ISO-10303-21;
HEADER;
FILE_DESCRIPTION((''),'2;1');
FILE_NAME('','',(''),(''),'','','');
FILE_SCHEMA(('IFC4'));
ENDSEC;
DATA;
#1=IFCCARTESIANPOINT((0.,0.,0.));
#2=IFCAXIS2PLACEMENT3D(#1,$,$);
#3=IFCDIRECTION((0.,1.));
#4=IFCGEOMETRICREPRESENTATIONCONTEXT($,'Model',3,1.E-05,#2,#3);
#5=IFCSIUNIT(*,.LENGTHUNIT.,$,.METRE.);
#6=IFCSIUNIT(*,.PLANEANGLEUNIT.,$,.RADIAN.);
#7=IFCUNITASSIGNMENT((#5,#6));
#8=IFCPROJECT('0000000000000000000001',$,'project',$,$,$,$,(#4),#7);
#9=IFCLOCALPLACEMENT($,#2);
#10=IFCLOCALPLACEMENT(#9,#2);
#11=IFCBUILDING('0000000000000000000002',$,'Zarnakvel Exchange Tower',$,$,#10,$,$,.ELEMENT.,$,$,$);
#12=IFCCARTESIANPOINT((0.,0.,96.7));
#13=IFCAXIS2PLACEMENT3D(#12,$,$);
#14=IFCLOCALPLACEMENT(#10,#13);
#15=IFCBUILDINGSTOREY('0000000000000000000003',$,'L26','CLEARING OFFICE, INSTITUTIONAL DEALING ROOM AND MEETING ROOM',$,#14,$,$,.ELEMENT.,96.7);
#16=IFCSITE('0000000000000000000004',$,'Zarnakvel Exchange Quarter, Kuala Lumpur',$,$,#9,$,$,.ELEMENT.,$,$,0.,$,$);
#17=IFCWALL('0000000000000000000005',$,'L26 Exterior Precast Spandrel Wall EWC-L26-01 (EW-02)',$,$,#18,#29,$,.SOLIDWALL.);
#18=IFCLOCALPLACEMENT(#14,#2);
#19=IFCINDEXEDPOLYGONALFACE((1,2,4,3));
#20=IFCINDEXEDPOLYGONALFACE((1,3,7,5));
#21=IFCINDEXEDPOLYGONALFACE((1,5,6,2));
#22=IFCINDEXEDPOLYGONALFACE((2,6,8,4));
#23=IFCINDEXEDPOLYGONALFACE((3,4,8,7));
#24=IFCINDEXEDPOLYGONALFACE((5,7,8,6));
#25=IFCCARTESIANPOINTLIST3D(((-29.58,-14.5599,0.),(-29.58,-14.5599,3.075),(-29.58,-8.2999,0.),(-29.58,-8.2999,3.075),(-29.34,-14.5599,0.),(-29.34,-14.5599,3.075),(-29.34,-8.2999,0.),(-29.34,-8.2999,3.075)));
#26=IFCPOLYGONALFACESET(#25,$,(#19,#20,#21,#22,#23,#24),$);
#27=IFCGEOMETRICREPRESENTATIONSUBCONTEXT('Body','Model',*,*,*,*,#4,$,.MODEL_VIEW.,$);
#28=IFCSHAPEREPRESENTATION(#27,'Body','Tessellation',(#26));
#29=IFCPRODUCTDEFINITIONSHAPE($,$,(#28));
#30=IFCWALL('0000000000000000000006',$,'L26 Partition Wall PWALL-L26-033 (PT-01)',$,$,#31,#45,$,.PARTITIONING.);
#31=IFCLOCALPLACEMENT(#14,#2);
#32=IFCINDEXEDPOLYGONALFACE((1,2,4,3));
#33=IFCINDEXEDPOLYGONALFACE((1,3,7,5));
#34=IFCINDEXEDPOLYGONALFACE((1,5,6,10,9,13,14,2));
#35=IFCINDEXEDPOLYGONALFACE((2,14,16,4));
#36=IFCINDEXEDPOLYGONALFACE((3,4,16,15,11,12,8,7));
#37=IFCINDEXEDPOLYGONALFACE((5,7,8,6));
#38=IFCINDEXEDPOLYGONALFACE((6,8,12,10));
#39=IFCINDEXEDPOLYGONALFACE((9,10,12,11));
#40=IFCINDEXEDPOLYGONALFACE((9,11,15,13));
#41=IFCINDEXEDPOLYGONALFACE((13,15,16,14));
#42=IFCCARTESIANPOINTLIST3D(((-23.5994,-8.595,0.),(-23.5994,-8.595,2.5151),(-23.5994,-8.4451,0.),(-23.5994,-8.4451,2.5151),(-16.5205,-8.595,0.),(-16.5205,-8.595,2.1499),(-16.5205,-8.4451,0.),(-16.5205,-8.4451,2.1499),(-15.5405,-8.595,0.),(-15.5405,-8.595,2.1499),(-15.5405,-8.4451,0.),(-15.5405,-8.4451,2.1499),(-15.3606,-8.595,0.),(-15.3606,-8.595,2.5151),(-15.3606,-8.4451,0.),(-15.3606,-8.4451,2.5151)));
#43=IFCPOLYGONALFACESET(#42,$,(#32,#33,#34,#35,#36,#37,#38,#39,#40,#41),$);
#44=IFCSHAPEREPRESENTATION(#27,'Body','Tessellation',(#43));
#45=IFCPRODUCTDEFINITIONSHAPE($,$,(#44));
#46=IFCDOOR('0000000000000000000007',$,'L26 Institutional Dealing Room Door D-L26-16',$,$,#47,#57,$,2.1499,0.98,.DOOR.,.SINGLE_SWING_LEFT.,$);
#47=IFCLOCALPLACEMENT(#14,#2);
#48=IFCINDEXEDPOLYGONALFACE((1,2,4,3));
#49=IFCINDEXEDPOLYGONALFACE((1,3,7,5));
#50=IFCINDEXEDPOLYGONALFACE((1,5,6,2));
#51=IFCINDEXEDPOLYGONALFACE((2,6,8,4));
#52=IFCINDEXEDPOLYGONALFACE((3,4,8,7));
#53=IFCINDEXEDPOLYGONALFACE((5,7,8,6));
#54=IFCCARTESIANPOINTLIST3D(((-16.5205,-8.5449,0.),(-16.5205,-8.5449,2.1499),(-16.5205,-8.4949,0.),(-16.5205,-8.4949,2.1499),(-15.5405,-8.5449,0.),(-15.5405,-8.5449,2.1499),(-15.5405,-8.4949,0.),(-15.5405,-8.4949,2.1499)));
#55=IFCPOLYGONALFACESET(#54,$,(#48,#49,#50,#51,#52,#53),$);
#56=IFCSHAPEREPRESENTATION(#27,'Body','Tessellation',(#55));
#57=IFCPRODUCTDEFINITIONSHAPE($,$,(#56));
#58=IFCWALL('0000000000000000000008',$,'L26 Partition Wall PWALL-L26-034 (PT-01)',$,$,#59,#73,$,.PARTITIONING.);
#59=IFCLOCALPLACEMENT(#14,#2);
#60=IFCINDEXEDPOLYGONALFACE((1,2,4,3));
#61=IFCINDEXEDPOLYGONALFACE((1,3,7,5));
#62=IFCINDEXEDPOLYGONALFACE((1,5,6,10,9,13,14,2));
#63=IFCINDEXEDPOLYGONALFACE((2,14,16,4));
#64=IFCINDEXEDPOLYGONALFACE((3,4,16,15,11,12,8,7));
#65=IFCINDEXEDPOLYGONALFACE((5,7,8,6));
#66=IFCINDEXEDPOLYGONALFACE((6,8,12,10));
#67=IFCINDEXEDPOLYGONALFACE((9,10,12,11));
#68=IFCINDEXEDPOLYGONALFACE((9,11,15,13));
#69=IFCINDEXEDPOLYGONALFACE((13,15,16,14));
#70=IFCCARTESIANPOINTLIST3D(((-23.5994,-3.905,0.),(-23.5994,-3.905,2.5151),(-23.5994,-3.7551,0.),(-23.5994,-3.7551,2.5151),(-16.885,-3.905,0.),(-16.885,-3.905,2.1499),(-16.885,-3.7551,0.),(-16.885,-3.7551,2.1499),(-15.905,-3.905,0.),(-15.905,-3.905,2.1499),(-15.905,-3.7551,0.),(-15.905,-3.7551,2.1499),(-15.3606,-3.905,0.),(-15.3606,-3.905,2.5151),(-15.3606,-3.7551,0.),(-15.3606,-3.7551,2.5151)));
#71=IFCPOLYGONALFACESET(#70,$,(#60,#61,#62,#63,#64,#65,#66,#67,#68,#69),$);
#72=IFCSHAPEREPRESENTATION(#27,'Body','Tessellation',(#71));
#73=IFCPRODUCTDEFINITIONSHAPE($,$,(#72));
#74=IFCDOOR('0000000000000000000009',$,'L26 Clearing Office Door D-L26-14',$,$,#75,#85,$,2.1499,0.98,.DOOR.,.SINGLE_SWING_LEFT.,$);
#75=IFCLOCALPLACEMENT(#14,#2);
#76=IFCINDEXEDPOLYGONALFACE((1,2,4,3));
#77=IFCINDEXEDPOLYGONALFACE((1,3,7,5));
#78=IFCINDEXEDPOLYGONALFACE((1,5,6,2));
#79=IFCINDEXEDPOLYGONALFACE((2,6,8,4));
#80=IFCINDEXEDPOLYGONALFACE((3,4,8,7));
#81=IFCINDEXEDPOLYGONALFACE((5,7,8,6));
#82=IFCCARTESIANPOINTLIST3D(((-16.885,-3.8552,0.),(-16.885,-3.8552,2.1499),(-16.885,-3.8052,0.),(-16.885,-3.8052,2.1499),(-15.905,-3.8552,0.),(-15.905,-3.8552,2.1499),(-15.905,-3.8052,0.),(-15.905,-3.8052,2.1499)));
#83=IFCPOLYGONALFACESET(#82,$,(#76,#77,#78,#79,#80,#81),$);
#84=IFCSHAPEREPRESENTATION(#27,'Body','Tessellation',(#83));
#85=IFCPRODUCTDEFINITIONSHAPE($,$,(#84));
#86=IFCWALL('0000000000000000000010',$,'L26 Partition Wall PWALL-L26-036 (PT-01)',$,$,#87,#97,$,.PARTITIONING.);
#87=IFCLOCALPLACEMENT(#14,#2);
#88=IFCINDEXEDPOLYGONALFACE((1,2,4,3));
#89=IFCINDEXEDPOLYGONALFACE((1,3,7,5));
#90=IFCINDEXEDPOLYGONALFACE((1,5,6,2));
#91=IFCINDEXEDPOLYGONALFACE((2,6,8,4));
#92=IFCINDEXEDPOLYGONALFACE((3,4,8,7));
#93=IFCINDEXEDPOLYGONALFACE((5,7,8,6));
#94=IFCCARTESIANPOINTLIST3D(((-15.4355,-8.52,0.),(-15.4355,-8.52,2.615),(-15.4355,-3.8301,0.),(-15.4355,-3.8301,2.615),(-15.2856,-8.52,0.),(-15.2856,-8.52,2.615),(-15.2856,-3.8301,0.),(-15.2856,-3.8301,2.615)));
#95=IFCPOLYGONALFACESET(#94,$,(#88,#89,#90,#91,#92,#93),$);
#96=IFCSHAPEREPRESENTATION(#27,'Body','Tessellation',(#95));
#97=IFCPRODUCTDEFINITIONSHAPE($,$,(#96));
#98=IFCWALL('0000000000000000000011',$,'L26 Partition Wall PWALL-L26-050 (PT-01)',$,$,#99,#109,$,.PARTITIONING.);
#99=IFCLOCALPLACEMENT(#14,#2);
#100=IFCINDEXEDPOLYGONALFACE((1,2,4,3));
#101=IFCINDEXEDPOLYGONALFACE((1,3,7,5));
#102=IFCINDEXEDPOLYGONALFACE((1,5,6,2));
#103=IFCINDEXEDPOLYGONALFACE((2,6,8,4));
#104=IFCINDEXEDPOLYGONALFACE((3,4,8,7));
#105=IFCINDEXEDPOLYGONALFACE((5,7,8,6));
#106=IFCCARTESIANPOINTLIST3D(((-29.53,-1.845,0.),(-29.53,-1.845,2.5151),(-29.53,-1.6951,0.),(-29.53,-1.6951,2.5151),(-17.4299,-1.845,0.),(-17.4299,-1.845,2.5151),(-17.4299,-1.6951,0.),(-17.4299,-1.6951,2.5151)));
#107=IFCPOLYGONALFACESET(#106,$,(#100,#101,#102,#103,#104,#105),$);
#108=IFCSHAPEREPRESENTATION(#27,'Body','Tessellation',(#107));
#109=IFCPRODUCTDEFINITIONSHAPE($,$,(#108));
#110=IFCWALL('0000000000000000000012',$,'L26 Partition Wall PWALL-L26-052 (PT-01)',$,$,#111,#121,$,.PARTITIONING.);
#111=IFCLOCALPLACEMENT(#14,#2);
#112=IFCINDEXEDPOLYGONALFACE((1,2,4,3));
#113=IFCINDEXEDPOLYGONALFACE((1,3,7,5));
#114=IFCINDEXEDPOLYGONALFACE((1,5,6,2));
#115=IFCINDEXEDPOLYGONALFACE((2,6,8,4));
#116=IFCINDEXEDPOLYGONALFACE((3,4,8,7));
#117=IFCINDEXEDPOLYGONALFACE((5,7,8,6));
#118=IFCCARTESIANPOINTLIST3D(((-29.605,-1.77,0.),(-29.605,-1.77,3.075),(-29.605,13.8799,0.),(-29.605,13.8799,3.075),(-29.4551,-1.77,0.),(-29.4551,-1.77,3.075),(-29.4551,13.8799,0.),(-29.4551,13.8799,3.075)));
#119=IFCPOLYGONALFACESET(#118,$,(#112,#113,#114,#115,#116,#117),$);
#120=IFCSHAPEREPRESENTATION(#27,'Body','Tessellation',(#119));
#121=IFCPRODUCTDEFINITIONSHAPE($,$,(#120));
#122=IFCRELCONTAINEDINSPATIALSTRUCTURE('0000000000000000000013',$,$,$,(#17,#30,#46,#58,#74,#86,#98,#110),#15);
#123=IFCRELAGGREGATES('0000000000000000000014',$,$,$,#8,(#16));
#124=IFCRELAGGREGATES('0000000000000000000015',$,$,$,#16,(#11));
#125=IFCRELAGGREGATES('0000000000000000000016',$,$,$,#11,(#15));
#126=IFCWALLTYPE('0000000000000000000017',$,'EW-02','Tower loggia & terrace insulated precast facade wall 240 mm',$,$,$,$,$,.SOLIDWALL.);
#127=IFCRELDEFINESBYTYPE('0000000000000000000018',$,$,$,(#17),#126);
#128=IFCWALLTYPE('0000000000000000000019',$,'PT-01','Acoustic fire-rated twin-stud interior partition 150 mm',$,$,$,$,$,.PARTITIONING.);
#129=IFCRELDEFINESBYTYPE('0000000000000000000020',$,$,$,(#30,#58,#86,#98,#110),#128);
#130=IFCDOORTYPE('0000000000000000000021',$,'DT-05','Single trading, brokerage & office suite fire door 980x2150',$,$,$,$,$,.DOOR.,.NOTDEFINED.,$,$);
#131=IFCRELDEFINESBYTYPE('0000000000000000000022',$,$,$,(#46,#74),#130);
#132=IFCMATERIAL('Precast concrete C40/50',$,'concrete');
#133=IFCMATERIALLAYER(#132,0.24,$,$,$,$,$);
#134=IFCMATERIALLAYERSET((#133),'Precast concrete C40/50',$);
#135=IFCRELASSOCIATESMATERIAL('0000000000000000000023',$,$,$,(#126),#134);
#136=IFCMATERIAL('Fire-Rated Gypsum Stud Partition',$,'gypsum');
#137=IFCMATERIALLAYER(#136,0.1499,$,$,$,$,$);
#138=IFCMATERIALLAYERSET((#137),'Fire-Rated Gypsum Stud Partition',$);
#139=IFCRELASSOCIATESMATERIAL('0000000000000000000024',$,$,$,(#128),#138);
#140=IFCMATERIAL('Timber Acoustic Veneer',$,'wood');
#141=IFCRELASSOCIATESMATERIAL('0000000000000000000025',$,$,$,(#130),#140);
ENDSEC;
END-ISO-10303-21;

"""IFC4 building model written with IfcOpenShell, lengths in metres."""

from ifc_helpers import new_model, si_unit, direction, frame, frame_2d, origin, place, context, subcontext, project, spatial, rectangle, extrude, source, transform, mapped, material, layer, layer_set, type_object, element, fill, save


model = new_model("IFC4")

# Units and contexts
model_context = context("Model", 3, precision=1e-05, world=origin(), true_north=direction((0.0, 1.0)))
body_context = subcontext(model_context, "Body", "Model", "MODEL_VIEW")
ifc_project = project(units=[si_unit("LENGTHUNIT", "METRE"), si_unit("PLANEANGLEUNIT", "RADIAN")], contexts=[model_context])

# Site, building, storey
site_placement = place(None, origin())
site = spatial("IfcSite", under=ifc_project, at=site_placement, Name="Zarnakvel Exchange Quarter, Kuala Lumpur", CompositionType="ELEMENT", RefElevation=0.0)
building_placement = place(site_placement, origin())
building = spatial("IfcBuilding", under=site, at=building_placement, Name="Zarnakvel Exchange Tower", CompositionType="ELEMENT")
storey_placement = place(building_placement, frame((0.0, 0.0, 96.7)))
storey = spatial("IfcBuildingStorey", under=building, at=storey_placement, Name="L26", Description="CLEARING OFFICE, INSTITUTIONAL DEALING ROOM AND MEETING ROOM", CompositionType="ELEMENT", Elevation=96.7)

# Shared definitions
ifc_material_1 = material(Name="Precast concrete C40/50", Category="concrete")
ifc_layer_1 = layer(ifc_material_1, 0.24)
ifc_layer_set_1 = layer_set([ifc_layer_1], Name="Precast concrete C40/50")
wall_type_1 = type_object("IfcWallType", Name="EW-02", Description="Tower loggia & terrace insulated precast facade wall 240 mm", PredefinedType="SOLIDWALL", material=ifc_layer_set_1)

# Wall
wall_1_placement = place(storey_placement, frame((-29.46, -8.3, 0.0), z_axis=(0.0, 0.0, 1.0), x_axis=(0.0, -1.0, 0.0)))
element("IfcWall", 1, at=wall_1_placement, inside=storey, type_object=wall_type_1, Name="L26 Exterior Precast Spandrel Wall EWC-L26-01 (EW-02)", PredefinedType="SOLIDWALL", context=body_context, shape_type="SweptSolid", body=[
    extrude(rectangle(XDim=6.26, YDim=0.24, at=frame_2d((3.1299, 0.0))), origin(), (0.0, 0.0, 1.0), 3.075),
])

# Walls, openings, doors
ifc_material_2 = material(Name="Fire-Rated Gypsum Stud Partition", Category="gypsum")
ifc_layer_2 = layer(ifc_material_2, 0.1499)
ifc_layer_set_2 = layer_set([ifc_layer_2], Name="Fire-Rated Gypsum Stud Partition")
wall_type_2 = type_object("IfcWallType", Name="PT-01", Description="Acoustic fire-rated twin-stud interior partition 150 mm", PredefinedType="PARTITIONING", material=ifc_layer_set_2)
wall_2_placement = place(storey_placement, frame((-15.3606, -8.52, 0.0), z_axis=(0.0, 0.0, 1.0), x_axis=(-1.0, 0.0, 0.0)))
wall_2 = element("IfcWall", 2, at=wall_2_placement, inside=storey, type_object=wall_type_2, Name="L26 Partition Wall PWALL-L26-033 (PT-01)", PredefinedType="PARTITIONING", context=body_context, shape_type="SweptSolid", body=[
    extrude(rectangle(XDim=8.2388, YDim=0.1499, at=frame_2d((4.1194, 0.0))), origin(), (0.0, 0.0, 1.0), 2.5151),
])
opening_1_placement = place(wall_2_placement, frame((0.1799, 0.0, 0.0)))
opening_1 = element("IfcOpeningElement", 3, at=opening_1_placement, cuts=wall_2, PredefinedType="OPENING", context=body_context, shape_type="SweptSolid", body=[
    extrude(rectangle(XDim=0.98, YDim=2.1499, at=frame_2d((0.49, 1.075))), frame((0.0, 0.085, 0.0), z_axis=(0.0, -1.0, 0.0), x_axis=(1.0, 0.0, 0.0)), (0.0, 0.0, 1.0), 0.1699),
])
ifc_material_3 = material(Name="Timber Acoustic Veneer", Category="wood")
door_type_1 = type_object("IfcDoorType", Name="DT-05", Description="Single trading, brokerage & office suite fire door 980x2150", OperationType="NOTDEFINED", PredefinedType="DOOR", material=ifc_material_3)
shared_shape_1 = source(origin(), body_context, "Body", "SweptSolid", [
    extrude(rectangle(XDim=0.98, YDim=2.1499, at=frame_2d((0.49, 1.075))), frame((0.0, 0.0249, 0.0), z_axis=(0.0, -1.0, 0.0), x_axis=(1.0, 0.0, 0.0)), (0.0, 0.0, 1.0), 0.05),
])
door_1_placement = place(opening_1_placement, origin())
door_1 = element("IfcDoor", 4, at=door_1_placement, inside=storey, type_object=door_type_1, Name="L26 Institutional Dealing Room Door D-L26-16", OperationType="SINGLE_SWING_LEFT", OverallHeight=2.1499, OverallWidth=0.98, PredefinedType="DOOR", context=body_context, shape_type="MappedRepresentation", body=[
    mapped(shared_shape_1, transform((0.0, 0.0, 0.0), x_axis=(1.0, 0.0, 0.0), y_axis=(0.0, 1.0, 0.0), z_axis=(0.0, 0.0, 1.0), scale=1.0)),
])
fill(opening_1, door_1)
wall_3_placement = place(storey_placement, frame((-23.5994, -3.8301, 0.0), z_axis=(0.0, 0.0, 1.0), x_axis=(1.0, 0.0, 0.0)))
wall_3 = element("IfcWall", 5, at=wall_3_placement, inside=storey, type_object=wall_type_2, Name="L26 Partition Wall PWALL-L26-034 (PT-01)", PredefinedType="PARTITIONING", context=body_context, shape_type="SweptSolid", body=[
    extrude(rectangle(XDim=8.2388, YDim=0.1499, at=frame_2d((4.1194, 0.0))), origin(), (0.0, 0.0, 1.0), 2.5151),
])
opening_2_placement = place(wall_3_placement, frame((6.7144, 0.0, 0.0)))
opening_2 = element("IfcOpeningElement", 6, at=opening_2_placement, cuts=wall_3, PredefinedType="OPENING", context=body_context, shape_type="SweptSolid", body=[
    extrude(rectangle(XDim=0.98, YDim=2.1499, at=frame_2d((0.49, 1.075))), frame((0.0, 0.085, 0.0), z_axis=(0.0, -1.0, 0.0), x_axis=(1.0, 0.0, 0.0)), (0.0, 0.0, 1.0), 0.1699),
])
door_2_placement = place(opening_2_placement, origin())
door_2 = element("IfcDoor", 7, at=door_2_placement, inside=storey, type_object=door_type_1, Name="L26 Clearing Office Door D-L26-14", OperationType="SINGLE_SWING_LEFT", OverallHeight=2.1499, OverallWidth=0.98, PredefinedType="DOOR", context=body_context, shape_type="MappedRepresentation", body=[
    mapped(shared_shape_1, transform((0.0, 0.0, 0.0), x_axis=(1.0, 0.0, 0.0), y_axis=(0.0, 1.0, 0.0), z_axis=(0.0, 0.0, 1.0), scale=1.0)),
])
fill(opening_2, door_2)

# Wall
wall_4_placement = place(storey_placement, frame((-15.3606, -3.8301, 0.0), z_axis=(0.0, 0.0, 1.0), x_axis=(0.0, -1.0, 0.0)))
element("IfcWall", 8, at=wall_4_placement, inside=storey, type_object=wall_type_2, Name="L26 Partition Wall PWALL-L26-036 (PT-01)", PredefinedType="PARTITIONING", context=body_context, shape_type="SweptSolid", body=[
    extrude(rectangle(XDim=4.6899, YDim=0.1499, at=frame_2d((2.345, 0.0))), origin(), (0.0, 0.0, 1.0), 2.615),
])

# Walls
wall_5_placement = place(storey_placement, frame((-17.4299, -1.77, 0.0), z_axis=(0.0, 0.0, 1.0), x_axis=(-1.0, 0.0, 0.0)))
element("IfcWall", 9, at=wall_5_placement, inside=storey, type_object=wall_type_2, Name="L26 Partition Wall PWALL-L26-050 (PT-01)", PredefinedType="PARTITIONING", context=body_context, shape_type="SweptSolid", body=[
    extrude(rectangle(XDim=12.1001, YDim=0.1499, at=frame_2d((6.05, 0.0))), origin(), (0.0, 0.0, 1.0), 2.5151),
])
wall_6_placement = place(storey_placement, frame((-29.53, -1.77, 0.0), z_axis=(0.0, 0.0, 1.0), x_axis=(0.0, 1.0, 0.0)))
element("IfcWall", 10, at=wall_6_placement, inside=storey, type_object=wall_type_2, Name="L26 Partition Wall PWALL-L26-052 (PT-01)", PredefinedType="PARTITIONING", context=body_context, shape_type="SweptSolid", body=[
    extrude(rectangle(XDim=15.6499, YDim=0.1499, at=frame_2d((7.825, 0.0))), origin(), (0.0, 0.0, 1.0), 3.075),
])

save(model, "model.ifc")
